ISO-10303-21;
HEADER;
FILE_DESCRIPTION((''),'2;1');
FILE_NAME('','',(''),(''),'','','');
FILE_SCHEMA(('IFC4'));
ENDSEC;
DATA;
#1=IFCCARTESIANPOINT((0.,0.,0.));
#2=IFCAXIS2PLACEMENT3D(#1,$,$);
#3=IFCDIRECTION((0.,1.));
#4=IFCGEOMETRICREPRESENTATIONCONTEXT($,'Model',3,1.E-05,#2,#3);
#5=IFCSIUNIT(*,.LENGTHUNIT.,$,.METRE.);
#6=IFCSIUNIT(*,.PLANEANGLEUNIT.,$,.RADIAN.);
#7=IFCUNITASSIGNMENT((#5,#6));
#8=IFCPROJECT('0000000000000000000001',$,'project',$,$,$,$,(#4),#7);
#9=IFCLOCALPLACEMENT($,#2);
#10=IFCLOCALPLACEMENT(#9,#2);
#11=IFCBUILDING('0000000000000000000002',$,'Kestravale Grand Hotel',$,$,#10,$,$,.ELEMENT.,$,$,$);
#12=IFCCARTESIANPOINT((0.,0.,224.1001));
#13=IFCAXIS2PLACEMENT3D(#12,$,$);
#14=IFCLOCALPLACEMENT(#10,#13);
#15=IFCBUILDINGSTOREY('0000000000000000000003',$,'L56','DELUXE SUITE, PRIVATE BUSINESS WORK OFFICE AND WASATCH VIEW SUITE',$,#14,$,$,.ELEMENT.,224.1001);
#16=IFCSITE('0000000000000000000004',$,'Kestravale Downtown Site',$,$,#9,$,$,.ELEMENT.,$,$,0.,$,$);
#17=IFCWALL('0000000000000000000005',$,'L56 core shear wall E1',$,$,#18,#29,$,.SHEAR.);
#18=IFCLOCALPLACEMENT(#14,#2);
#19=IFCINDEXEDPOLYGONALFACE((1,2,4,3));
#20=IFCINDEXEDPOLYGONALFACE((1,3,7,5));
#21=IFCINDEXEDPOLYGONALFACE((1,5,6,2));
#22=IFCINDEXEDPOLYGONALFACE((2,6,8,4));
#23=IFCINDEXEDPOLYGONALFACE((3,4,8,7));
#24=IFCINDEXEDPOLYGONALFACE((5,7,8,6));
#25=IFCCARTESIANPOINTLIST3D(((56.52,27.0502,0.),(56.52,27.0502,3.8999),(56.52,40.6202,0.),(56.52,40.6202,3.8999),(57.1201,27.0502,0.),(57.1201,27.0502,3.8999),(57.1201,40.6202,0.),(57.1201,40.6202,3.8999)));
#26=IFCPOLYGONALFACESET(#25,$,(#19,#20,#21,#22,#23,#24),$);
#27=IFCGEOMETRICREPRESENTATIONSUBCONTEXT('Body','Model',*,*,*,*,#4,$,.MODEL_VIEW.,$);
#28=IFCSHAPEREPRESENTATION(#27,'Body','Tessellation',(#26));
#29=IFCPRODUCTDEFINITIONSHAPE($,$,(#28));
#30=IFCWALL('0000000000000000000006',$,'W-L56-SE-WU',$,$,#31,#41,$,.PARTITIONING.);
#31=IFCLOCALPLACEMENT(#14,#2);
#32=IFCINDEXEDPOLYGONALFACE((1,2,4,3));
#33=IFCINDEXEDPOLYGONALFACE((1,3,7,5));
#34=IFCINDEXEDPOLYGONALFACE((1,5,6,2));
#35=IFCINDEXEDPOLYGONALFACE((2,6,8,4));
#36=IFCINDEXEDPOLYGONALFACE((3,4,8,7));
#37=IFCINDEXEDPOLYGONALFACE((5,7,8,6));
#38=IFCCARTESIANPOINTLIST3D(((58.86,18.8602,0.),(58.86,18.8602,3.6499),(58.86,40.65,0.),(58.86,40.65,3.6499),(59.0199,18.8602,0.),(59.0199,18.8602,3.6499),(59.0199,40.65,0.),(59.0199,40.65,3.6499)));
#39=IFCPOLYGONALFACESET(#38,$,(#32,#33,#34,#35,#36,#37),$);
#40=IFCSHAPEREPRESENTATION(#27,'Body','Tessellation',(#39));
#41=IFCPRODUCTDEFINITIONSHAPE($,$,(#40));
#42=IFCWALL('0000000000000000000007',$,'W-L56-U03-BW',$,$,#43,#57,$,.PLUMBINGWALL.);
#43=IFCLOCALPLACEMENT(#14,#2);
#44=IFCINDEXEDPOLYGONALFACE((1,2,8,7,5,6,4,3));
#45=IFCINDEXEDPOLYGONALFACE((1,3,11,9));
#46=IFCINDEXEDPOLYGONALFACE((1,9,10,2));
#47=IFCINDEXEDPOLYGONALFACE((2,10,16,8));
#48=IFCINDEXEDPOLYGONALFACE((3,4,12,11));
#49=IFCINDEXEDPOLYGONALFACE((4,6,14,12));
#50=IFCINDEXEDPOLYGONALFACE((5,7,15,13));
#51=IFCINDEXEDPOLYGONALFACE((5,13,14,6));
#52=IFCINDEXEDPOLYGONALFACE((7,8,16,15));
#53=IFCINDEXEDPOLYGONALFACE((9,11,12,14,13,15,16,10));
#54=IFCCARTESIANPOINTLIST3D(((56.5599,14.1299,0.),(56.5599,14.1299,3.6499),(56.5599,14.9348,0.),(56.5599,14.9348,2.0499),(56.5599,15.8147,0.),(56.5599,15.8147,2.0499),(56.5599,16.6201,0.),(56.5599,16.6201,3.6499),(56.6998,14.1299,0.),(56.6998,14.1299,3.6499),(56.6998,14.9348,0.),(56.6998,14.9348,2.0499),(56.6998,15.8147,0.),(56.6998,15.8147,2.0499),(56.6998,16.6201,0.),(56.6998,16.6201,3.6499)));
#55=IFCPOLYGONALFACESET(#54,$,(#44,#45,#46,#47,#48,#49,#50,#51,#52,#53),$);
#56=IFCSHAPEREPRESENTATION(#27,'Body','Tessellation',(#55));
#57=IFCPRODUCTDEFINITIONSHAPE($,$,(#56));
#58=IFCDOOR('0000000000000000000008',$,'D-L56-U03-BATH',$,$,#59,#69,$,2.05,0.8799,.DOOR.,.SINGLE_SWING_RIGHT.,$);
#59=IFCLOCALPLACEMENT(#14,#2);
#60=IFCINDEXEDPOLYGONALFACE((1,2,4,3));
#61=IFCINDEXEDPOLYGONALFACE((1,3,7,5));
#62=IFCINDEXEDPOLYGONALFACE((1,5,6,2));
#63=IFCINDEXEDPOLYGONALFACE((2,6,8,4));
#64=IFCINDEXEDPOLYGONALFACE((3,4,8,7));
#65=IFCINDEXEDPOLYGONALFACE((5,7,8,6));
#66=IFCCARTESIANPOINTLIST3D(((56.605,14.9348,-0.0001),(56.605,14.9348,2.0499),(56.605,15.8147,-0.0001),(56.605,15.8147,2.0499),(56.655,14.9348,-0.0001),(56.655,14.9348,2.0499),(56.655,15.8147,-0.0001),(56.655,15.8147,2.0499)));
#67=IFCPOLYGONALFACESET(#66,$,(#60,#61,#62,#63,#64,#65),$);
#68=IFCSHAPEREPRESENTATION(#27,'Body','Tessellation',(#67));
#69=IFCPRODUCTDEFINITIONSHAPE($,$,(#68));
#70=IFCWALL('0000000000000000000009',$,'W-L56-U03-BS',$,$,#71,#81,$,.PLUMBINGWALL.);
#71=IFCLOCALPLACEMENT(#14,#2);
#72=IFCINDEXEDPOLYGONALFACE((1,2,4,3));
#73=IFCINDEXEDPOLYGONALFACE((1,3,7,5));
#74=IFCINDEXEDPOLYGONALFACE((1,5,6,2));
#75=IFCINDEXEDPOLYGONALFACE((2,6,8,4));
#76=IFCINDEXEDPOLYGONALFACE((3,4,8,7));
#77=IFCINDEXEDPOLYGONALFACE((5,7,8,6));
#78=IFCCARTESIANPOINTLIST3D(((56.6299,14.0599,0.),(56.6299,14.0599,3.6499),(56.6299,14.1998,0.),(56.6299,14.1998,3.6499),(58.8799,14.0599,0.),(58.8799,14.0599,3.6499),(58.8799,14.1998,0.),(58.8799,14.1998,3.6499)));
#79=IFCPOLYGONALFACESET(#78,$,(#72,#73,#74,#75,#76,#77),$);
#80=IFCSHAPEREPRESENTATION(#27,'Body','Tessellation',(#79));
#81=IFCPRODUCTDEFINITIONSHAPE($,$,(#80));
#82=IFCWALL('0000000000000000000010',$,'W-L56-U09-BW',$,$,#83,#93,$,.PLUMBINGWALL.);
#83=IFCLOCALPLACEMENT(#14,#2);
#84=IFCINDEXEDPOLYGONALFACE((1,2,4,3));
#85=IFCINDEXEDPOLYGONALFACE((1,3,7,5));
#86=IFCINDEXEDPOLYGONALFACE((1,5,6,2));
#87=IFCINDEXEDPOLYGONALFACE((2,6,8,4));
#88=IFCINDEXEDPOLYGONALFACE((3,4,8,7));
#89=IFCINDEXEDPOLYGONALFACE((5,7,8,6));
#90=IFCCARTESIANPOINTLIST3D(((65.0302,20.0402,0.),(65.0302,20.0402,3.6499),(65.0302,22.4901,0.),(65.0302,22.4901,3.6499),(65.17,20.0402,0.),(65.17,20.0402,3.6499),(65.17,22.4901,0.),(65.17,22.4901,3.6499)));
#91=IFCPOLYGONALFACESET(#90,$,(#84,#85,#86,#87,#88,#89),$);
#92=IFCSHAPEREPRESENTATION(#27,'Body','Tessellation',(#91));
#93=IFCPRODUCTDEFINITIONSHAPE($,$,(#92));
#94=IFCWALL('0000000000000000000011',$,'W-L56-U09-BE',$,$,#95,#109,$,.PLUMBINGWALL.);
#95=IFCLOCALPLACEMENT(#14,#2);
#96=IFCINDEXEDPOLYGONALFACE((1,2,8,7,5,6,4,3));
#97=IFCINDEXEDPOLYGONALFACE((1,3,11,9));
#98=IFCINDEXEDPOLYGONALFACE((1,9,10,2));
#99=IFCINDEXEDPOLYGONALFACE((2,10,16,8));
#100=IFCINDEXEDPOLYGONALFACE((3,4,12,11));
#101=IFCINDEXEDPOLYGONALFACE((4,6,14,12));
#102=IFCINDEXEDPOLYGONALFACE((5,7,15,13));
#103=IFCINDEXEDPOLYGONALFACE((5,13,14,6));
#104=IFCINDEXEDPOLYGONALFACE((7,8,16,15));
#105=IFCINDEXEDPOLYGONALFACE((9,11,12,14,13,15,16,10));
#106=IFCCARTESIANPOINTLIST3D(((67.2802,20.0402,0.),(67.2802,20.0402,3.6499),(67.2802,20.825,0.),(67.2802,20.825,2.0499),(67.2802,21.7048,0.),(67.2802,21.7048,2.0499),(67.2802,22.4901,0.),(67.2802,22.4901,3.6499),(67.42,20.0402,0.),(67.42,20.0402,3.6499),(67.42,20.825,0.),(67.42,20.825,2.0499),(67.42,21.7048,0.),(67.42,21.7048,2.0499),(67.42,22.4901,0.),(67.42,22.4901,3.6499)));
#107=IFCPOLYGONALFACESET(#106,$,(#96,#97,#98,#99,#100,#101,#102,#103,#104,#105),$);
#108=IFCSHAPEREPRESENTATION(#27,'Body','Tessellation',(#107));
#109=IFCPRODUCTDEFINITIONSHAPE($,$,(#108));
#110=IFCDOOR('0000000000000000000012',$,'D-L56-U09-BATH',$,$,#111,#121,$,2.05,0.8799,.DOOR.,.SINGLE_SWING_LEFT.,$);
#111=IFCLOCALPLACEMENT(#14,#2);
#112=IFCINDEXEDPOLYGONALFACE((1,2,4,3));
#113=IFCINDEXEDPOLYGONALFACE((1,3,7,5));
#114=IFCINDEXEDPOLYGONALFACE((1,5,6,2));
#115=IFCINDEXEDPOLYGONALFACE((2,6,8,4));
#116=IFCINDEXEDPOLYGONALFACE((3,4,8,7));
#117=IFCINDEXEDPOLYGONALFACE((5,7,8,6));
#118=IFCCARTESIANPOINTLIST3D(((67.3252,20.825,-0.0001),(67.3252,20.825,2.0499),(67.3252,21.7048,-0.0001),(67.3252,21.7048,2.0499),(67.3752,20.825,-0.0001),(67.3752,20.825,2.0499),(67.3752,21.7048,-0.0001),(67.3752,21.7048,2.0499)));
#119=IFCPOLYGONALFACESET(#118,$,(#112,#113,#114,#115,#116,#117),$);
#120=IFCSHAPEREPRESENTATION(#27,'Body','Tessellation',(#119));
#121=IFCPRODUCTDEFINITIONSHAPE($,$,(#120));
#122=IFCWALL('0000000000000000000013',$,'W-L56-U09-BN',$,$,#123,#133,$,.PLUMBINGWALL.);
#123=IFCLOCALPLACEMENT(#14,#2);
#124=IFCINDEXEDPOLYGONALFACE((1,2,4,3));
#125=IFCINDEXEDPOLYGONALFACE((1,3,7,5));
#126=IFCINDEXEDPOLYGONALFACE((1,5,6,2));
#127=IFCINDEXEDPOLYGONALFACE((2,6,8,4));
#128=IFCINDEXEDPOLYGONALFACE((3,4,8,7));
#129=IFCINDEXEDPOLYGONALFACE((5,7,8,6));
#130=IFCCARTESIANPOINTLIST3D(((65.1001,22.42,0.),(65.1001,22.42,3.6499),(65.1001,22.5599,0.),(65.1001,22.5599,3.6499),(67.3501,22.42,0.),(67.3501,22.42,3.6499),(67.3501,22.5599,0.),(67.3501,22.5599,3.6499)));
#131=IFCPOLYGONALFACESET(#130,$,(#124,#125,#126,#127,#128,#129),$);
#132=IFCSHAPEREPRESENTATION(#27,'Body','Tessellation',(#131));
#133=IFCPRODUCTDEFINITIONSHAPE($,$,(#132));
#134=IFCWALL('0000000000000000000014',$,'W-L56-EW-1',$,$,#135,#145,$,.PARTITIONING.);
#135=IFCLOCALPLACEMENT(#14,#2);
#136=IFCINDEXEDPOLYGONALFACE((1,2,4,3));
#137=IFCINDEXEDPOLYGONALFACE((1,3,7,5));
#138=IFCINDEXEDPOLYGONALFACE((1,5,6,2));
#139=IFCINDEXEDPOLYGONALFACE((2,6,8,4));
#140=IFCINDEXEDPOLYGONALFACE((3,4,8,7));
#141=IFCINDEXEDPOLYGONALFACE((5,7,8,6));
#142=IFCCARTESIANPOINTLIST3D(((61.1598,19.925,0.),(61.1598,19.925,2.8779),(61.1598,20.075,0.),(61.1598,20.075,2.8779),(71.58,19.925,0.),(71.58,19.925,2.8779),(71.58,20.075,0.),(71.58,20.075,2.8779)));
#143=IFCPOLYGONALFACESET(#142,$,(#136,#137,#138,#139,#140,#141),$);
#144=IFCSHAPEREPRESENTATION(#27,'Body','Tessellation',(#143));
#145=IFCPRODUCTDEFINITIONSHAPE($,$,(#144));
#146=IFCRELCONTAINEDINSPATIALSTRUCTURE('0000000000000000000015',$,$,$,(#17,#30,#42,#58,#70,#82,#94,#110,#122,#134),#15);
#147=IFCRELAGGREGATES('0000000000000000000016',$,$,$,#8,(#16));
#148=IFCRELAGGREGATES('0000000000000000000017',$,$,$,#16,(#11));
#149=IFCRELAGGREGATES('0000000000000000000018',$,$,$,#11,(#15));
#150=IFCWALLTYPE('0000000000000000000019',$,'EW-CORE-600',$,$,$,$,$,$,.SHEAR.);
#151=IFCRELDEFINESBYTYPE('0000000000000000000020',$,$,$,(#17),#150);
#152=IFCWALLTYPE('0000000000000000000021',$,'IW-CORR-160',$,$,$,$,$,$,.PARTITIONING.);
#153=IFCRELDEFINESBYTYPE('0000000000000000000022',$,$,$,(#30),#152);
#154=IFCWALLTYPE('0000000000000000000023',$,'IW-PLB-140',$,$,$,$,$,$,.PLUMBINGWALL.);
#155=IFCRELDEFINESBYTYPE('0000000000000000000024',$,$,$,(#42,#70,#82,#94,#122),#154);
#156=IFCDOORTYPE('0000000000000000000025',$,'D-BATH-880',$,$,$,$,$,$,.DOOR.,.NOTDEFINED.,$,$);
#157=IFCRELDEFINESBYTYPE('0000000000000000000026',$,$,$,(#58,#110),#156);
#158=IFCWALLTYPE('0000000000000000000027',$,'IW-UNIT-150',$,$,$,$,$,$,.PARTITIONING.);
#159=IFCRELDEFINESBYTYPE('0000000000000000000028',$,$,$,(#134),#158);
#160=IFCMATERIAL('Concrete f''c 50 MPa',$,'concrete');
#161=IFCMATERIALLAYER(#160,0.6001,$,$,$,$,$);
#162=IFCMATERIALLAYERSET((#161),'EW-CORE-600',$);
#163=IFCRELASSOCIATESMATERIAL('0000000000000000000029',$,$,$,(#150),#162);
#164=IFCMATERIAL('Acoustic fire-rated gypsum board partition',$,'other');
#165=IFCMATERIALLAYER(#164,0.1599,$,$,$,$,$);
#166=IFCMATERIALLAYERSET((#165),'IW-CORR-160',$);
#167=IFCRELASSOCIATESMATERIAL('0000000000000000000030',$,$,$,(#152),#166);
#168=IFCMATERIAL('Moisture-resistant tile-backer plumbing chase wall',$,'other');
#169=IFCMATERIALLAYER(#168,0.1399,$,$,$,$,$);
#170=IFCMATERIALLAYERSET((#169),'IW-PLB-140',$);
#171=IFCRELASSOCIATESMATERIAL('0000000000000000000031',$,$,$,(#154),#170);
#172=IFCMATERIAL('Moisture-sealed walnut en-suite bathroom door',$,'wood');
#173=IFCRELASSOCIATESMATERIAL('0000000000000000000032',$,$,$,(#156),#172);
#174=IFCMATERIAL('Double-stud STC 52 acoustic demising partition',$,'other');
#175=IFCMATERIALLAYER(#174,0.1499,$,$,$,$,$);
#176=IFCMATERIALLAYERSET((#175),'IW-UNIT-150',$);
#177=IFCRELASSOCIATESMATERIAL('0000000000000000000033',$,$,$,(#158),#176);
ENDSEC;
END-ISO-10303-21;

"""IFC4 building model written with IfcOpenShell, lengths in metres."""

from ifc_helpers import new_model, si_unit, direction, frame, frame_2d, origin, place, context, subcontext, project, spatial, rectangle, extrude, material, layer, layer_set, type_object, element, fill, save


model = new_model("IFC4")

# Units and contexts
model_context = context("Model", 3, precision=1e-05, world=origin(), true_north=direction((0.0, 1.0)))
body_context = subcontext(model_context, "Body", "Model", "MODEL_VIEW")
ifc_project = project(units=[si_unit("LENGTHUNIT", "METRE"), si_unit("PLANEANGLEUNIT", "RADIAN")], contexts=[model_context])

# Site, building, storey
site_placement = place(None, origin())
site = spatial("IfcSite", under=ifc_project, at=site_placement, Name="Kestravale Downtown Site", CompositionType="ELEMENT", RefElevation=0.0)
building_placement = place(site_placement, origin())
building = spatial("IfcBuilding", under=site, at=building_placement, Name="Kestravale Grand Hotel", CompositionType="ELEMENT")
storey_placement = place(building_placement, frame((0.0, 0.0, 224.1001)))
storey = spatial("IfcBuildingStorey", under=building, at=storey_placement, Name="L56", Description="DELUXE SUITE, PRIVATE BUSINESS WORK OFFICE AND WASATCH VIEW SUITE", CompositionType="ELEMENT", Elevation=224.1001)

# Walls
ifc_material_1 = material(Name="Concrete f'c 50 MPa", Category="concrete")
ifc_layer_1 = layer(ifc_material_1, 0.6001)
ifc_layer_set_1 = layer_set([ifc_layer_1], Name="EW-CORE-600")
wall_type_1 = type_object("IfcWallType", Name="EW-CORE-600", PredefinedType="SHEAR", material=ifc_layer_set_1)
wall_1_placement = place(storey_placement, frame((56.8201, 27.05, 0.0), z_axis=(0.0, 0.0, 1.0), x_axis=(0.0, 1.0, 0.0)))
element("IfcWall", 1, at=wall_1_placement, inside=storey, type_object=wall_type_1, Name="L56 core shear wall E1", PredefinedType="SHEAR", context=body_context, shape_type="SweptSolid", body=[
    extrude(rectangle(XDim=13.5701, YDim=0.6001, at=frame_2d((6.7852, 0.0))), origin(), (0.0, 0.0, 1.0), 3.8999),
])
ifc_material_2 = material(Name="Acoustic fire-rated gypsum board partition", Category="other")
ifc_layer_2 = layer(ifc_material_2, 0.1599)
ifc_layer_set_2 = layer_set([ifc_layer_2], Name="IW-CORR-160")
wall_type_2 = type_object("IfcWallType", Name="IW-CORR-160", PredefinedType="PARTITIONING", material=ifc_layer_set_2)
wall_2_placement = place(storey_placement, frame((58.9399, 18.8601, 0.0), z_axis=(0.0, 0.0, 1.0), x_axis=(0.0, 1.0, 0.0)))
element("IfcWall", 2, at=wall_2_placement, inside=storey, type_object=wall_type_2, Name="W-L56-SE-WU", PredefinedType="PARTITIONING", context=body_context, shape_type="SweptSolid", body=[
    extrude(rectangle(XDim=21.7898, YDim=0.1599, at=frame_2d((10.895, 0.0))), origin(), (0.0, 0.0, 1.0), 3.6499),
])

# Wall, opening, door
ifc_material_3 = material(Name="Moisture-resistant tile-backer plumbing chase wall", Category="other")
ifc_layer_3 = layer(ifc_material_3, 0.1399)
ifc_layer_set_3 = layer_set([ifc_layer_3], Name="IW-PLB-140")
wall_type_3 = type_object("IfcWallType", Name="IW-PLB-140", PredefinedType="PLUMBINGWALL", material=ifc_layer_set_3)
wall_3_placement = place(storey_placement, frame((56.6299, 14.1299, 0.0), z_axis=(0.0, 0.0, 1.0), x_axis=(0.0, 1.0, 0.0)))
wall_3 = element("IfcWall", 3, at=wall_3_placement, inside=storey, type_object=wall_type_3, Name="W-L56-U03-BW", PredefinedType="PLUMBINGWALL", context=body_context, shape_type="SweptSolid", body=[
    extrude(rectangle(XDim=2.4902, YDim=0.1399, at=frame_2d((1.2451, 0.0))), origin(), (0.0, 0.0, 1.0), 3.6499),
])
opening_1_placement = place(wall_3_placement, frame((0.8049, 0.0, 0.0)))
opening_1 = element("IfcOpeningElement", 4, at=opening_1_placement, cuts=wall_3, PredefinedType="OPENING", context=body_context, shape_type="SweptSolid", body=[
    extrude(rectangle(XDim=0.8799, YDim=2.05, at=frame_2d((0.4399, 1.0249))), frame((0.0, 0.0798, 0.0), z_axis=(0.0, -1.0, 0.0), x_axis=(1.0, 0.0, 0.0)), (0.0, 0.0, 1.0), 0.1599),
])
ifc_material_4 = material(Name="Moisture-sealed walnut en-suite bathroom door", Category="wood")
door_type = type_object("IfcDoorType", Name="D-BATH-880", OperationType="NOTDEFINED", PredefinedType="DOOR", material=ifc_material_4)
door_1_placement = place(opening_1_placement, origin())
door_1 = element("IfcDoor", 5, at=door_1_placement, inside=storey, type_object=door_type, Name="D-L56-U03-BATH", OperationType="SINGLE_SWING_RIGHT", OverallHeight=2.05, OverallWidth=0.8799, PredefinedType="DOOR", context=body_context, shape_type="SweptSolid", body=[
    extrude(rectangle(XDim=0.8799, YDim=2.05, at=frame_2d((0.4399, 1.0249))), frame((0.0, 0.0249, 0.0), z_axis=(0.0, -1.0, 0.0), x_axis=(1.0, 0.0, 0.0)), (0.0, 0.0, 1.0), 0.05),
])
fill(opening_1, door_1)

# Walls
wall_4_placement = place(storey_placement, frame((56.6299, 14.1299, 0.0), z_axis=(0.0, 0.0, 1.0), x_axis=(1.0, 0.0, 0.0)))
element("IfcWall", 6, at=wall_4_placement, inside=storey, type_object=wall_type_3, Name="W-L56-U03-BS", PredefinedType="PLUMBINGWALL", context=body_context, shape_type="SweptSolid", body=[
    extrude(rectangle(XDim=2.25, YDim=0.1399, at=frame_2d((1.125, 0.0))), origin(), (0.0, 0.0, 1.0), 3.6499),
])
wall_5_placement = place(storey_placement, frame((65.1001, 20.04, 0.0), z_axis=(0.0, 0.0, 1.0), x_axis=(0.0, 1.0, 0.0)))
element("IfcWall", 7, at=wall_5_placement, inside=storey, type_object=wall_type_3, Name="W-L56-U09-BW", PredefinedType="PLUMBINGWALL", context=body_context, shape_type="SweptSolid", body=[
    extrude(rectangle(XDim=2.45, YDim=0.1399, at=frame_2d((1.2251, 0.0))), origin(), (0.0, 0.0, 1.0), 3.6499),
])

# Wall, opening, door
wall_6_placement = place(storey_placement, frame((67.3501, 20.04, 0.0), z_axis=(0.0, 0.0, 1.0), x_axis=(0.0, 1.0, 0.0)))
wall_6 = element("IfcWall", 8, at=wall_6_placement, inside=storey, type_object=wall_type_3, Name="W-L56-U09-BE", PredefinedType="PLUMBINGWALL", context=body_context, shape_type="SweptSolid", body=[
    extrude(rectangle(XDim=2.45, YDim=0.1399, at=frame_2d((1.2251, 0.0))), origin(), (0.0, 0.0, 1.0), 3.6499),
])
opening_2_placement = place(wall_6_placement, frame((0.7849, 0.0, 0.0)))
opening_2 = element("IfcOpeningElement", 9, at=opening_2_placement, cuts=wall_6, PredefinedType="OPENING", context=body_context, shape_type="SweptSolid", body=[
    extrude(rectangle(XDim=0.8799, YDim=2.05, at=frame_2d((0.4399, 1.0249))), frame((0.0, 0.0798, 0.0), z_axis=(0.0, -1.0, 0.0), x_axis=(1.0, 0.0, 0.0)), (0.0, 0.0, 1.0), 0.1599),
])
door_2_placement = place(opening_2_placement, origin())
door_2 = element("IfcDoor", 10, at=door_2_placement, inside=storey, type_object=door_type, Name="D-L56-U09-BATH", OperationType="SINGLE_SWING_LEFT", OverallHeight=2.05, OverallWidth=0.8799, PredefinedType="DOOR", context=body_context, shape_type="SweptSolid", body=[
    extrude(rectangle(XDim=0.8799, YDim=2.05, at=frame_2d((0.4399, 1.0249))), frame((0.0, 0.0249, 0.0), z_axis=(0.0, -1.0, 0.0), x_axis=(1.0, 0.0, 0.0)), (0.0, 0.0, 1.0), 0.05),
])
fill(opening_2, door_2)

# Walls
wall_7_placement = place(storey_placement, frame((65.1001, 22.49, 0.0), z_axis=(0.0, 0.0, 1.0), x_axis=(1.0, 0.0, 0.0)))
element("IfcWall", 11, at=wall_7_placement, inside=storey, type_object=wall_type_3, Name="W-L56-U09-BN", PredefinedType="PLUMBINGWALL", context=body_context, shape_type="SweptSolid", body=[
    extrude(rectangle(XDim=2.25, YDim=0.1399, at=frame_2d((1.125, 0.0))), origin(), (0.0, 0.0, 1.0), 3.6499),
])
ifc_material_5 = material(Name="Double-stud STC 52 acoustic demising partition", Category="other")
ifc_layer_4 = layer(ifc_material_5, 0.1499)
ifc_layer_set_4 = layer_set([ifc_layer_4], Name="IW-UNIT-150")
wall_type_4 = type_object("IfcWallType", Name="IW-UNIT-150", PredefinedType="PARTITIONING", material=ifc_layer_set_4)
wall_8_placement = place(storey_placement, frame((61.1599, 20.0, 0.0), z_axis=(0.0, 0.0, 1.0), x_axis=(1.0, 0.0, 0.0)))
element("IfcWall", 12, at=wall_8_placement, inside=storey, type_object=wall_type_4, Name="W-L56-EW-1", PredefinedType="PARTITIONING", context=body_context, shape_type="SweptSolid", body=[
    extrude(rectangle(XDim=10.4202, YDim=0.1499, at=frame_2d((5.21, 0.0))), origin(), (0.0, 0.0, 1.0), 2.8779),
])

save(model, "model.ifc")
